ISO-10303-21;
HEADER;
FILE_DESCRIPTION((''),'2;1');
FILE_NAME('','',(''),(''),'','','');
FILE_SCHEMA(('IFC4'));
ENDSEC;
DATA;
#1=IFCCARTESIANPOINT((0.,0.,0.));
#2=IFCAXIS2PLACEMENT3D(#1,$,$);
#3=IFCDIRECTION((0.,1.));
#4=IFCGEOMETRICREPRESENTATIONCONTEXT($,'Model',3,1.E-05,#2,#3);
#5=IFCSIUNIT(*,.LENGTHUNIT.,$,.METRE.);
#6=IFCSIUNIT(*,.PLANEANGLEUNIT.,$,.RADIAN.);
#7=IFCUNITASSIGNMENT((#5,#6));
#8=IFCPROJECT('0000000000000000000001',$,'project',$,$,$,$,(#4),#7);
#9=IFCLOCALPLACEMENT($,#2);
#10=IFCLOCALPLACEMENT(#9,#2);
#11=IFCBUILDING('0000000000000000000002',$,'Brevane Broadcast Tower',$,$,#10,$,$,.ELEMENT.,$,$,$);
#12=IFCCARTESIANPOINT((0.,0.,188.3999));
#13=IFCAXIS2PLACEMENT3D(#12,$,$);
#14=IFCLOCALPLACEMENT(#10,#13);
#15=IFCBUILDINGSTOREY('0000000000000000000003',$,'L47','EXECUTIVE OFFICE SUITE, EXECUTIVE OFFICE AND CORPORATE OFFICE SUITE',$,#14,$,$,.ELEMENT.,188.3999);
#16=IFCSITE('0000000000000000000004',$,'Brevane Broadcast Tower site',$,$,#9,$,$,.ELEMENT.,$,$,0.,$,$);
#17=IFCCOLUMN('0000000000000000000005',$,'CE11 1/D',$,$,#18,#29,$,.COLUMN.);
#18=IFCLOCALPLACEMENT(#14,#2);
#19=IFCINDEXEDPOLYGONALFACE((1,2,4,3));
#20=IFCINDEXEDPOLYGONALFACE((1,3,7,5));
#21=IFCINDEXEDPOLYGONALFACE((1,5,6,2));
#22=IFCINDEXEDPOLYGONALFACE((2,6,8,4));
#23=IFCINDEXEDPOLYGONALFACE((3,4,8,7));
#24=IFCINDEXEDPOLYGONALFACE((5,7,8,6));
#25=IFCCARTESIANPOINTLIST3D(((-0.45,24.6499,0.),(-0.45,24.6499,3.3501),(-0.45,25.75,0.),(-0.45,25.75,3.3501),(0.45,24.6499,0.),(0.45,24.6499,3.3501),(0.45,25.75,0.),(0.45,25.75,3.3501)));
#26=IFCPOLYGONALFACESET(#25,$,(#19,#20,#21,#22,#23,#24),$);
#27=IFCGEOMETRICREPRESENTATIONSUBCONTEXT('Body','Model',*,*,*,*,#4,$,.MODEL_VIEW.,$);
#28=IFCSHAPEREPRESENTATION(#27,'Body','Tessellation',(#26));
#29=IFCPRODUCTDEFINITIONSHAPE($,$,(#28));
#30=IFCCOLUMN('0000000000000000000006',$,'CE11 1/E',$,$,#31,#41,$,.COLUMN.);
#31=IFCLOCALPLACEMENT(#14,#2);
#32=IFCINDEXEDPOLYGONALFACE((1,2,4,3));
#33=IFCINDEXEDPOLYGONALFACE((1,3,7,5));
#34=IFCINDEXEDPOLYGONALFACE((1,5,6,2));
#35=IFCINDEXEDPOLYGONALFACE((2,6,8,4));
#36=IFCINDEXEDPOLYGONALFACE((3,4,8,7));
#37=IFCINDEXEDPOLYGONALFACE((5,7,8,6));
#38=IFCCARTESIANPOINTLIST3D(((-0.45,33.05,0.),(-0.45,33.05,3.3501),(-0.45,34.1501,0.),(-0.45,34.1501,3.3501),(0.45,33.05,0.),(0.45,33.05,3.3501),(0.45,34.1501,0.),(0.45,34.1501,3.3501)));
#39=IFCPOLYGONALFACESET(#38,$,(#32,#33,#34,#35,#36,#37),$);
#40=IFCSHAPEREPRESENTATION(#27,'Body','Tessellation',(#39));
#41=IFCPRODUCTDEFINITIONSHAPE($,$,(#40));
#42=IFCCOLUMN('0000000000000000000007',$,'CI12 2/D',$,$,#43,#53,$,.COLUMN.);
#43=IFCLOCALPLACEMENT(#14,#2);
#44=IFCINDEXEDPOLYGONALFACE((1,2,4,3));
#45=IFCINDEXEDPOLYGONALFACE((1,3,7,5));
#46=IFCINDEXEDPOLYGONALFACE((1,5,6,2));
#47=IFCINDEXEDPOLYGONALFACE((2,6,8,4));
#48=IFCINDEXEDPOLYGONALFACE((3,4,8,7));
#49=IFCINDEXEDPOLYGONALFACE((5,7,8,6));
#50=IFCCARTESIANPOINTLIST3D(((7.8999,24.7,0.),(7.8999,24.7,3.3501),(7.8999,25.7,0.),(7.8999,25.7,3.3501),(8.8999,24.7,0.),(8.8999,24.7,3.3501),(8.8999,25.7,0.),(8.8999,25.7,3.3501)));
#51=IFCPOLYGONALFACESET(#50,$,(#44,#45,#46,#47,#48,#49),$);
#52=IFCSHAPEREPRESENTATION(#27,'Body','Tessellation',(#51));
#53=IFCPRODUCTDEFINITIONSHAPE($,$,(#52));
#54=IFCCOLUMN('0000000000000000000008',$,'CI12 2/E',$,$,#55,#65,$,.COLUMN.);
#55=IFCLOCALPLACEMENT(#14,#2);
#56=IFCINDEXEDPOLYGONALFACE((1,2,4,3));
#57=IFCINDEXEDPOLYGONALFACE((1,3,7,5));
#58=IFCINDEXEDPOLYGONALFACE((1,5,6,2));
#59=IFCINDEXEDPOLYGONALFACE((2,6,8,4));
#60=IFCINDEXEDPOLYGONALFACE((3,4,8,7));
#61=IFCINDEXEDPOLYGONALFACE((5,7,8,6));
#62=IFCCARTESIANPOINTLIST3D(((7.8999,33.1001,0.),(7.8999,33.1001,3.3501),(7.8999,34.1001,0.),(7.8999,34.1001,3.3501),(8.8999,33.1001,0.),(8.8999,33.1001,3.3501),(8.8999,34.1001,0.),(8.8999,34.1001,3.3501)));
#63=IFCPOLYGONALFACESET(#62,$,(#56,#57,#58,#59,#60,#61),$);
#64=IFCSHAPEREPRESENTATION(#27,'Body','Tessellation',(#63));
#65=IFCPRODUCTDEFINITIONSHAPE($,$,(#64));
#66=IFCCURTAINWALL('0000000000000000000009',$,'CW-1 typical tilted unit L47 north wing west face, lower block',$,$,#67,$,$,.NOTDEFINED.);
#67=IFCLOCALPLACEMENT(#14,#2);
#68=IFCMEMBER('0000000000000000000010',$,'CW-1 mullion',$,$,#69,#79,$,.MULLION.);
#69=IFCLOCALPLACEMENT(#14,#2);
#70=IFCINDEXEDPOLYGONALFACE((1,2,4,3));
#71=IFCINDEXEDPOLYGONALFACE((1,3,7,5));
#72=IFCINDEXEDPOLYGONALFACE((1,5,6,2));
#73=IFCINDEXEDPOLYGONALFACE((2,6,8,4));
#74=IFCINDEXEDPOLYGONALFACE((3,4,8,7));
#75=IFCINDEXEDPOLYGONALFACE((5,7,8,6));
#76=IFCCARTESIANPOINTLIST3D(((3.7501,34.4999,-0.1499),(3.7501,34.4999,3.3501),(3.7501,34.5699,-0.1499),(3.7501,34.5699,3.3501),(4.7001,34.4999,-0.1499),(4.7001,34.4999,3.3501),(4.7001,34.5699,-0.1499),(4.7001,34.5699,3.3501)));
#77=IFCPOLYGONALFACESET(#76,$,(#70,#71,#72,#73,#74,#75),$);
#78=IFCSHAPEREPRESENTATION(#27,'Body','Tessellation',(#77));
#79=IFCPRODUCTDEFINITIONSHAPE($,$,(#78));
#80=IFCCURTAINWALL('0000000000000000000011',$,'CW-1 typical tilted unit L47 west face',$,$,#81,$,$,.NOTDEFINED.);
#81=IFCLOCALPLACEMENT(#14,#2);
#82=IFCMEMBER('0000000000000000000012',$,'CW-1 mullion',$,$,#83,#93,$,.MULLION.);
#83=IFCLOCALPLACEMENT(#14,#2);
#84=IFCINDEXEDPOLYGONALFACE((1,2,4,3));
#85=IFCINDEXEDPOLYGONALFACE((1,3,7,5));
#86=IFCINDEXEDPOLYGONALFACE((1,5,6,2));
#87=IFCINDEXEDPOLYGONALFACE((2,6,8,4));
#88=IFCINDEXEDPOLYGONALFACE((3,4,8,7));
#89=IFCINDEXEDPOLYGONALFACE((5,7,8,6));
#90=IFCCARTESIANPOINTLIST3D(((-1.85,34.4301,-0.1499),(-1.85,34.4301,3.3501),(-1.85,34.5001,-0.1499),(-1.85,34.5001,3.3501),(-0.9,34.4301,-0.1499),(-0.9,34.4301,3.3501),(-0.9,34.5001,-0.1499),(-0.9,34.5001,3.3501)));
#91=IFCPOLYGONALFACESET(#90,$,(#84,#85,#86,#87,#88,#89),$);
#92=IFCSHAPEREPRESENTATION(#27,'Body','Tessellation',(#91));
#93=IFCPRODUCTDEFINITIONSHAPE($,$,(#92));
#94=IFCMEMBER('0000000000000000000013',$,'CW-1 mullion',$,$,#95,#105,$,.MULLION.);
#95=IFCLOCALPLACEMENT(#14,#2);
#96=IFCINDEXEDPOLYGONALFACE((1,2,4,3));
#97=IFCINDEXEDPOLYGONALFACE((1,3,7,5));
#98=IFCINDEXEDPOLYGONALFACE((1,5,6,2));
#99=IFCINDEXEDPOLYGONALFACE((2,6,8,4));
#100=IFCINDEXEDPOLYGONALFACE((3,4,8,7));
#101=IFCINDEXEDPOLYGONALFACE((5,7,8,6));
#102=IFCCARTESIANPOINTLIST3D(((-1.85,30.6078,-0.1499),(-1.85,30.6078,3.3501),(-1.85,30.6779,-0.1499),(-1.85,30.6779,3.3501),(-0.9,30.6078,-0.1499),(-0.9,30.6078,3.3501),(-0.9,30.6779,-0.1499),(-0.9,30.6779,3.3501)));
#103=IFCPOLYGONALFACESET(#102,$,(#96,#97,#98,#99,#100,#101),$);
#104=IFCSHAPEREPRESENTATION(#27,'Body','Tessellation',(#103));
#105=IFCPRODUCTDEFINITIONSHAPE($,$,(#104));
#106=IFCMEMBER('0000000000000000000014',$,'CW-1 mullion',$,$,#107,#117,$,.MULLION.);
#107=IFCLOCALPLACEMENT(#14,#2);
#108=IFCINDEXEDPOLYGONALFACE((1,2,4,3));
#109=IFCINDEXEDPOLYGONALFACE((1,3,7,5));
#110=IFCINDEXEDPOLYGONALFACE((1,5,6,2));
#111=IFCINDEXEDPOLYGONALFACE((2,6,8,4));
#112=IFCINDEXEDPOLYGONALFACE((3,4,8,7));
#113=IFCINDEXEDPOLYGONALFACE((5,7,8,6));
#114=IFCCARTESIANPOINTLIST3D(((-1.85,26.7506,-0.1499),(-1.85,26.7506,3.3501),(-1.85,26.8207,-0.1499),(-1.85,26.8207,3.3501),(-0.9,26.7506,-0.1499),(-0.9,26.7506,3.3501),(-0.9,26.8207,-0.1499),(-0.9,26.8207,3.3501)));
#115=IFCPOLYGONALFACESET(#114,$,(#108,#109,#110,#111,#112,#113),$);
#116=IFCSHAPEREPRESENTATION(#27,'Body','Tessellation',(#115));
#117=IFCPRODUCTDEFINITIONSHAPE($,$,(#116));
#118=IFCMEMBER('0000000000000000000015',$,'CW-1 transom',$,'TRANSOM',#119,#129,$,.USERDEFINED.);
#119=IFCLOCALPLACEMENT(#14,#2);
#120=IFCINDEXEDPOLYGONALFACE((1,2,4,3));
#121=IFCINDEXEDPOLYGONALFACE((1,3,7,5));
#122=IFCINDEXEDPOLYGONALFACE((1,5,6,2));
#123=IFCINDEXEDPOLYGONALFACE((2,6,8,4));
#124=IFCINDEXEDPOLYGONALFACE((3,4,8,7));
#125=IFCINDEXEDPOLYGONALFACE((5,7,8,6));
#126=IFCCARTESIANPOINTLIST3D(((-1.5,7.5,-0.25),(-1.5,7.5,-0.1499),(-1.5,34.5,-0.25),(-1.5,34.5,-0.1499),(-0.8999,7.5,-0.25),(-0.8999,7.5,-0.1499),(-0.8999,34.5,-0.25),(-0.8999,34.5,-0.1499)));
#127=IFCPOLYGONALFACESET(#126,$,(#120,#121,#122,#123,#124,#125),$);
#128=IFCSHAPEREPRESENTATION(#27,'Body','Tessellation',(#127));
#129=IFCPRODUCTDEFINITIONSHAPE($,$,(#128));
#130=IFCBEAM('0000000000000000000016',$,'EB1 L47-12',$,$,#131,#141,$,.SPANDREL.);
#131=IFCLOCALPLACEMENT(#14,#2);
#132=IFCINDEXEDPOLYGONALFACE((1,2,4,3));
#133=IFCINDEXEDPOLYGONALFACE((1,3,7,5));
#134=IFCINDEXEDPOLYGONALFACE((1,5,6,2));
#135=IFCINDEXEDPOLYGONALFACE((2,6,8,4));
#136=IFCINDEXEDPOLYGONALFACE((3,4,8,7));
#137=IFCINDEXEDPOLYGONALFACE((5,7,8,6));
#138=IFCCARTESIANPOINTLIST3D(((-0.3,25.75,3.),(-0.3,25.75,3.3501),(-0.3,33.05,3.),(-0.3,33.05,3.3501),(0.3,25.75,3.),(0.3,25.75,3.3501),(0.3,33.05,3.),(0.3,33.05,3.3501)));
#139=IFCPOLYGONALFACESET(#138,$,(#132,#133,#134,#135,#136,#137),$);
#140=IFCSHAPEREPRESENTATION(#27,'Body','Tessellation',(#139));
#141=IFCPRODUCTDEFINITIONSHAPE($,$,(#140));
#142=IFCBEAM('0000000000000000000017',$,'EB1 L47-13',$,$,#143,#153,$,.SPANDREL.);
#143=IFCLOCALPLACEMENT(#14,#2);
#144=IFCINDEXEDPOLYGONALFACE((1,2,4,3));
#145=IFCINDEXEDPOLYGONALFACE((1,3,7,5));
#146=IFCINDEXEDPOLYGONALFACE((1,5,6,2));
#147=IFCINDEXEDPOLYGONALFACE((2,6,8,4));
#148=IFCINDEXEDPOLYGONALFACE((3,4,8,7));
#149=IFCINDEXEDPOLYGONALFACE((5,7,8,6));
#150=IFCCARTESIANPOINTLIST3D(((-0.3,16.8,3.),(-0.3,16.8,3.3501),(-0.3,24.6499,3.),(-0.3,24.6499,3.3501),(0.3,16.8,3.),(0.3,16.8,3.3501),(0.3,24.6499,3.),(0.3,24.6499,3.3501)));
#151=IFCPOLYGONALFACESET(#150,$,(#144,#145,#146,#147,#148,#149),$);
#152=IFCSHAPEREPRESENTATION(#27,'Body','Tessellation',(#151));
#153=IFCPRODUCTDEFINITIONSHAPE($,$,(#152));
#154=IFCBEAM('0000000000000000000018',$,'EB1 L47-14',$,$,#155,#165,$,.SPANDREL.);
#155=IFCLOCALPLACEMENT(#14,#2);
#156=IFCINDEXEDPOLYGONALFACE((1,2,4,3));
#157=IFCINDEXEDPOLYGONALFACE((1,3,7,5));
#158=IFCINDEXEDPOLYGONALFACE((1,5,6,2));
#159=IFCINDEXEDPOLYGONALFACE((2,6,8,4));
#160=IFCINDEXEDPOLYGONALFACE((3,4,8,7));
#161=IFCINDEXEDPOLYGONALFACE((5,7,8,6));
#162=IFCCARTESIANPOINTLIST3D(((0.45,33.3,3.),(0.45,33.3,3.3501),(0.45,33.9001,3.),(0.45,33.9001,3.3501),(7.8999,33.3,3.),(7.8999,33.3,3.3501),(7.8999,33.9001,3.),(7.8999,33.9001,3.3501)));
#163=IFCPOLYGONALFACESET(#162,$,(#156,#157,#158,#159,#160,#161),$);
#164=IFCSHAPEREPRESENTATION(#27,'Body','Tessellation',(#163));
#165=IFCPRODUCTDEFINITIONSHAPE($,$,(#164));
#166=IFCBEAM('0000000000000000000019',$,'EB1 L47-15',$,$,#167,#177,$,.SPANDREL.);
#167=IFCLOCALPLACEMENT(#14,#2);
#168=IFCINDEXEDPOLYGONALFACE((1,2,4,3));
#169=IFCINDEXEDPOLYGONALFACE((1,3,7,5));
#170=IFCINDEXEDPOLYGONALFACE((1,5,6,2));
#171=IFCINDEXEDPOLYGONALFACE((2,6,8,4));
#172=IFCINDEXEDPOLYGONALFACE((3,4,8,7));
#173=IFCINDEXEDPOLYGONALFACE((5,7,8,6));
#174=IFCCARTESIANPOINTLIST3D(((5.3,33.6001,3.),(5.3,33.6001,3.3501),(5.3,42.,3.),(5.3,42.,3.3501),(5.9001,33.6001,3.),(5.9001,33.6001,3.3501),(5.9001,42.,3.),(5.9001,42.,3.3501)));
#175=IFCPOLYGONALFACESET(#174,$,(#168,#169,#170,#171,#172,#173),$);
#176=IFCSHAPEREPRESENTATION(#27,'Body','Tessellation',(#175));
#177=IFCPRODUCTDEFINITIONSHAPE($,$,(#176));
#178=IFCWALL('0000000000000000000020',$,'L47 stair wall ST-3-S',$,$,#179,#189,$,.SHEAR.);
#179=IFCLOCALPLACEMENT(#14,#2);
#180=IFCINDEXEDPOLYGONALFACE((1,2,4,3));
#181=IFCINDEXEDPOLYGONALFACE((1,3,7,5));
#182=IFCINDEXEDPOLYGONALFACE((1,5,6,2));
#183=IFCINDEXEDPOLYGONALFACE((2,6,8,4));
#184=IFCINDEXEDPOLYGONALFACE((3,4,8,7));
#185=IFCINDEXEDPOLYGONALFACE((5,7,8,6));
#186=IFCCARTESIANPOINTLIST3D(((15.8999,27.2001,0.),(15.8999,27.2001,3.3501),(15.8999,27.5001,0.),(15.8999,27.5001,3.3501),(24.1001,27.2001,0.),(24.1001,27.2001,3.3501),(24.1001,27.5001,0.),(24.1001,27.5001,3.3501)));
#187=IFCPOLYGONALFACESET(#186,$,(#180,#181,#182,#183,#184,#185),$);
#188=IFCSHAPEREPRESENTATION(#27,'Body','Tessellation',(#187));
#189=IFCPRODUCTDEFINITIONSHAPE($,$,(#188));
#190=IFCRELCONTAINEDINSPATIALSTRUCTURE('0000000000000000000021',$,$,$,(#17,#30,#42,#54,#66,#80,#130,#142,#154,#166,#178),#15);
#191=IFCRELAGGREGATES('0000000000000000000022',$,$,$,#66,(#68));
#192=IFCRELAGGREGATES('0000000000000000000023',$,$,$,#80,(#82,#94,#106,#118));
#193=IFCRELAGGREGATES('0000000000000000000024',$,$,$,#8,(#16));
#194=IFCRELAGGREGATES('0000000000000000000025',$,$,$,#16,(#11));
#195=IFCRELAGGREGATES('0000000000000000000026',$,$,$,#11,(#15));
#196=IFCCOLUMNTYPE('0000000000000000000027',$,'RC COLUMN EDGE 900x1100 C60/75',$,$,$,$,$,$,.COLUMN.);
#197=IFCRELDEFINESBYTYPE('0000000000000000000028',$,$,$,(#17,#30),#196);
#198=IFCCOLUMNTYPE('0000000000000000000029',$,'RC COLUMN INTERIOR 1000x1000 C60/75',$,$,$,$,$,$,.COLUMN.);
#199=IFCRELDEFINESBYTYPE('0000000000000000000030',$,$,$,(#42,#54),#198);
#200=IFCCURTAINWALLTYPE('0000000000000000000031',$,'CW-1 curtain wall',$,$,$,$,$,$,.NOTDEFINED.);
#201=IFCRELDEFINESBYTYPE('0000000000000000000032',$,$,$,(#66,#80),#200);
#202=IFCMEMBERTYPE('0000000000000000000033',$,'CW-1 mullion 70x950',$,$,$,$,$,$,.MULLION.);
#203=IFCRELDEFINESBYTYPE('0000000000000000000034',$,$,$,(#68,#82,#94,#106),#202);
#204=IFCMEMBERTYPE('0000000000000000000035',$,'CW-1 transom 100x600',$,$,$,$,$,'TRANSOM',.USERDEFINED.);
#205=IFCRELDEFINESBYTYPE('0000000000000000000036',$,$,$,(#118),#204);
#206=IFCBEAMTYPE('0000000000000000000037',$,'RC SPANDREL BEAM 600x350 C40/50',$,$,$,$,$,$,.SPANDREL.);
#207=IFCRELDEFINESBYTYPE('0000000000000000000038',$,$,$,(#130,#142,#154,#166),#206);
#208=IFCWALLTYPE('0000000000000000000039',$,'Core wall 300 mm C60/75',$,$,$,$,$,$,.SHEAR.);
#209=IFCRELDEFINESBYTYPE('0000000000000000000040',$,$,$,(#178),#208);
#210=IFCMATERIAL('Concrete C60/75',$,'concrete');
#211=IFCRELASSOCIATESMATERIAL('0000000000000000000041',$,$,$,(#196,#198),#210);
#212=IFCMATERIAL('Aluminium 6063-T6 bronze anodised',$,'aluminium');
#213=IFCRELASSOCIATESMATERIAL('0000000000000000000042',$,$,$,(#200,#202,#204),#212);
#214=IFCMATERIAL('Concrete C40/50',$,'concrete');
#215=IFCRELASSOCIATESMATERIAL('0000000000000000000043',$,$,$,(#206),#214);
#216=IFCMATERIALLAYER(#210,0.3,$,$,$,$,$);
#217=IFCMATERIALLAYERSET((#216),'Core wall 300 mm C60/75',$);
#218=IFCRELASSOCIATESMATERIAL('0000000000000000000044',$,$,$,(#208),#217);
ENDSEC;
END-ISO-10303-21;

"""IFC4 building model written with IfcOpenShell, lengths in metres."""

from ifc_helpers import new_model, si_unit, direction, frame, frame_2d, origin, origin_2d, place, context, subcontext, project, spatial, rectangle, extrude, material, layer, layer_set, material_profile, profile_set, type_object, element, aggregate, save


model = new_model("IFC4")

# Units and contexts
model_context = context("Model", 3, precision=1e-05, world=origin(), true_north=direction((0.0, 1.0)))
body_context = subcontext(model_context, "Body", "Model", "MODEL_VIEW")
ifc_project = project(units=[si_unit("LENGTHUNIT", "METRE"), si_unit("PLANEANGLEUNIT", "RADIAN")], contexts=[model_context])

# Site, building, storey
site_placement = place(None, origin())
site = spatial("IfcSite", under=ifc_project, at=site_placement, Name="Brevane Broadcast Tower site", CompositionType="ELEMENT", RefElevation=0.0)
building_placement = place(site_placement, origin())
building = spatial("IfcBuilding", under=site, at=building_placement, Name="Brevane Broadcast Tower", CompositionType="ELEMENT")
storey_placement = place(building_placement, frame((0.0, 0.0, 188.3999)))
storey = spatial("IfcBuildingStorey", under=building, at=storey_placement, Name="L47", Description="EXECUTIVE OFFICE SUITE, EXECUTIVE OFFICE AND CORPORATE OFFICE SUITE", CompositionType="ELEMENT", Elevation=188.3999)

# Columns
ifc_material_1 = material(Name="Concrete C60/75", Category="concrete")
ifc_material_profile_1 = material_profile(ifc_material_1, rectangle(XDim=0.8999, YDim=1.1001, at=origin_2d()), Name="RC 900x1100")
ifc_profile_set_1 = profile_set([ifc_material_profile_1], Name="Concrete C60/75")
column_type_1 = type_object("IfcColumnType", Name="RC COLUMN EDGE 900x1100 C60/75", PredefinedType="COLUMN", material=ifc_profile_set_1)
for number, where, z_axis, x_axis, name in (
    (1, (0.0, 25.2, 0.0), (0.0, 0.0, 1.0), (1.0, 0.0, 0.0), "CE11 1/D"),
    (2, (0.0, 33.6001, 0.0), (0.0, 0.0, 1.0), (1.0, 0.0, 0.0), "CE11 1/E"),
):
    element("IfcColumn", number, at=place(storey_placement, frame(where, z_axis=z_axis, x_axis=x_axis)), inside=storey, type_object=column_type_1, Name=name, PredefinedType="COLUMN", context=body_context, shape_type="SweptSolid", body=[
        extrude(rectangle(XDim=0.8999, YDim=1.1001, at=origin_2d()), origin(), (0.0, 0.0, 1.0), 3.3501),
    ])
ifc_material_profile_2 = material_profile(ifc_material_1, rectangle(XDim=1.0, YDim=1.0, at=origin_2d()), Name="RC 1000x1000")
ifc_profile_set_2 = profile_set([ifc_material_profile_2], Name="Concrete C60/75")
column_type_2 = type_object("IfcColumnType", Name="RC COLUMN INTERIOR 1000x1000 C60/75", PredefinedType="COLUMN", material=ifc_profile_set_2)
for number, where, z_axis, x_axis, name in (
    (3, (8.3999, 25.2, 0.0), (0.0, 0.0, 1.0), (1.0, 0.0, 0.0), "CI12 2/D"),
    (4, (8.3999, 33.6001, 0.0), (0.0, 0.0, 1.0), (1.0, 0.0, 0.0), "CI12 2/E"),
):
    element("IfcColumn", number, at=place(storey_placement, frame(where, z_axis=z_axis, x_axis=x_axis)), inside=storey, type_object=column_type_2, Name=name, PredefinedType="COLUMN", context=body_context, shape_type="SweptSolid", body=[
        extrude(rectangle(XDim=1.0, YDim=1.0, at=origin_2d()), origin(), (0.0, 0.0, 1.0), 3.3501),
    ])

# Curtain wall, member
ifc_material_2 = material(Name="Aluminium 6063-T6 bronze anodised", Category="aluminium")
curtain_wall_type = type_object("IfcCurtainWallType", Name="CW-1 curtain wall", PredefinedType="NOTDEFINED", material=ifc_material_2)
curtain_wall_1_placement = place(storey_placement, origin())
curtain_wall_1 = element("IfcCurtainWall", 5, at=curtain_wall_1_placement, inside=storey, type_object=curtain_wall_type, Name="CW-1 typical tilted unit L47 north wing west face, lower block", PredefinedType="NOTDEFINED")
ifc_material_profile_3 = material_profile(ifc_material_2, rectangle(XDim=0.95, YDim=0.0701, at=origin_2d()), Name="RECT 70x950")
ifc_profile_set_3 = profile_set([ifc_material_profile_3], Name="Aluminium 6063-T6 bronze anodised")
member_type_1 = type_object("IfcMemberType", Name="CW-1 mullion 70x950", PredefinedType="MULLION", material=ifc_profile_set_3)
member_1_placement = place(storey_placement, frame((4.2251, 34.5349, -0.1499), z_axis=(0.0, 0.0, 1.0), x_axis=(1.0, 0.0, 0.0)))
member_1 = element("IfcMember", 6, at=member_1_placement, type_object=member_type_1, Name="CW-1 mullion", PredefinedType="MULLION", context=body_context, shape_type="SweptSolid", body=[
    extrude(rectangle(XDim=0.95, YDim=0.0701, at=origin_2d()), origin(), (0.0, 0.0, 1.0), 3.5),
])
aggregate(curtain_wall_1, [member_1])

# Curtain wall, members
curtain_wall_2_placement = place(storey_placement, origin())
curtain_wall_2 = element("IfcCurtainWall", 7, at=curtain_wall_2_placement, inside=storey, type_object=curtain_wall_type, Name="CW-1 typical tilted unit L47 west face", PredefinedType="NOTDEFINED")
member_2_placement = place(storey_placement, frame((-1.375, 34.4651, -0.1499), z_axis=(0.0, 0.0, 1.0), x_axis=(1.0, 0.0, 0.0)))
member_2 = element("IfcMember", 8, at=member_2_placement, type_object=member_type_1, Name="CW-1 mullion", PredefinedType="MULLION", context=body_context, shape_type="SweptSolid", body=[
    extrude(rectangle(XDim=0.95, YDim=0.0701, at=origin_2d()), origin(), (0.0, 0.0, 1.0), 3.5),
])
member_3_placement = place(storey_placement, frame((-1.375, 30.6428, -0.1499), z_axis=(0.0, 0.0, 1.0), x_axis=(1.0, 0.0, 0.0)))
member_3 = element("IfcMember", 9, at=member_3_placement, type_object=member_type_1, Name="CW-1 mullion", PredefinedType="MULLION", context=body_context, shape_type="SweptSolid", body=[
    extrude(rectangle(XDim=0.95, YDim=0.0701, at=origin_2d()), origin(), (0.0, 0.0, 1.0), 3.5),
])
member_4_placement = place(storey_placement, frame((-1.375, 26.7856, -0.1499), z_axis=(0.0, 0.0, 1.0), x_axis=(1.0, 0.0, 0.0)))
member_4 = element("IfcMember", 10, at=member_4_placement, type_object=member_type_1, Name="CW-1 mullion", PredefinedType="MULLION", context=body_context, shape_type="SweptSolid", body=[
    extrude(rectangle(XDim=0.95, YDim=0.0701, at=origin_2d()), origin(), (0.0, 0.0, 1.0), 3.5),
])
ifc_material_profile_4 = material_profile(ifc_material_2, rectangle(XDim=0.6001, YDim=0.1001, at=origin_2d()), Name="RECT 100x600")
ifc_profile_set_4 = profile_set([ifc_material_profile_4], Name="Aluminium 6063-T6 bronze anodised")
member_type_2 = type_object("IfcMemberType", Name="CW-1 transom 100x600", ElementType="TRANSOM", PredefinedType="USERDEFINED", material=ifc_profile_set_4)
member_5_placement = place(storey_placement, frame((-1.2, 34.5, -0.2), z_axis=(0.0, -1.0, 0.0), x_axis=(1.0, 0.0, 0.0)))
member_5 = element("IfcMember", 11, at=member_5_placement, type_object=member_type_2, Name="CW-1 transom", ObjectType="TRANSOM", PredefinedType="USERDEFINED", context=body_context, shape_type="SweptSolid", body=[
    extrude(rectangle(XDim=0.6001, YDim=0.1001, at=origin_2d()), origin(), (0.0, 0.0, 1.0), 27.0),
])
aggregate(curtain_wall_2, [member_2, member_3, member_4, member_5])

# Beams
ifc_material_3 = material(Name="Concrete C40/50", Category="concrete")
ifc_material_profile_5 = material_profile(ifc_material_3, rectangle(XDim=0.6001, YDim=0.3501, at=origin_2d()), Name="RC 600x350")
ifc_profile_set_5 = profile_set([ifc_material_profile_5], Name="Concrete C40/50")
beam_type = type_object("IfcBeamType", Name="RC SPANDREL BEAM 600x350 C40/50", PredefinedType="SPANDREL", material=ifc_profile_set_5)
beam_1_placement = place(storey_placement, frame((0.0, 33.05, 3.175), z_axis=(0.0, -1.0, 0.0), x_axis=(1.0, 0.0, 0.0)))
element("IfcBeam", 12, at=beam_1_placement, inside=storey, type_object=beam_type, Name="EB1 L47-12", PredefinedType="SPANDREL", context=body_context, shape_type="SweptSolid", body=[
    extrude(rectangle(XDim=0.6001, YDim=0.3501, at=origin_2d()), origin(), (0.0, 0.0, 1.0), 7.3),
])
beam_2_placement = place(storey_placement, frame((0.0, 24.6499, 3.175), z_axis=(0.0, -1.0, 0.0), x_axis=(1.0, 0.0, 0.0)))
element("IfcBeam", 13, at=beam_2_placement, inside=storey, type_object=beam_type, Name="EB1 L47-13", PredefinedType="SPANDREL", context=body_context, shape_type="SweptSolid", body=[
    extrude(rectangle(XDim=0.6001, YDim=0.3501, at=origin_2d()), origin(), (0.0, 0.0, 1.0), 7.8499),
])
beam_3_placement = place(storey_placement, frame((0.45, 33.6001, 3.175), z_axis=(1.0, 0.0, 0.0), x_axis=(0.0, 1.0, 0.0)))
element("IfcBeam", 14, at=beam_3_placement, inside=storey, type_object=beam_type, Name="EB1 L47-14", PredefinedType="SPANDREL", context=body_context, shape_type="SweptSolid", body=[
    extrude(rectangle(XDim=0.6001, YDim=0.3501, at=origin_2d()), origin(), (0.0, 0.0, 1.0), 7.45),
])
beam_4_placement = place(storey_placement, frame((5.6001, 33.6001, 3.175), z_axis=(0.0, 1.0, 0.0), x_axis=(-1.0, 0.0, 0.0)))
element("IfcBeam", 15, at=beam_4_placement, inside=storey, type_object=beam_type, Name="EB1 L47-15", PredefinedType="SPANDREL", context=body_context, shape_type="SweptSolid", body=[
    extrude(rectangle(XDim=0.6001, YDim=0.3501, at=origin_2d()), origin(), (0.0, 0.0, 1.0), 8.3999),
])

# Wall
ifc_layer_1 = layer(ifc_material_1, 0.3)
ifc_layer_set_1 = layer_set([ifc_layer_1], Name="Core wall 300 mm C60/75")
wall_type_1 = type_object("IfcWallType", Name="Core wall 300 mm C60/75", PredefinedType="SHEAR", material=ifc_layer_set_1)
for number, where, z_axis, x_axis, name in (
    (16, (15.8999, 27.3501, 0.0), (0.0, 0.0, 1.0), (1.0, 0.0, 0.0), "L47 stair wall ST-3-S"),
):
    element("IfcWall", number, at=place(storey_placement, frame(where, z_axis=z_axis, x_axis=x_axis)), inside=storey, type_object=wall_type_1, Name=name, PredefinedType="SHEAR", context=body_context, shape_type="SweptSolid", body=[
        extrude(rectangle(XDim=8.2002, YDim=0.3, at=frame_2d((4.1001, 0.0))), origin(), (0.0, 0.0, 1.0), 3.3501),
    ])

save(model, "model.ifc")
